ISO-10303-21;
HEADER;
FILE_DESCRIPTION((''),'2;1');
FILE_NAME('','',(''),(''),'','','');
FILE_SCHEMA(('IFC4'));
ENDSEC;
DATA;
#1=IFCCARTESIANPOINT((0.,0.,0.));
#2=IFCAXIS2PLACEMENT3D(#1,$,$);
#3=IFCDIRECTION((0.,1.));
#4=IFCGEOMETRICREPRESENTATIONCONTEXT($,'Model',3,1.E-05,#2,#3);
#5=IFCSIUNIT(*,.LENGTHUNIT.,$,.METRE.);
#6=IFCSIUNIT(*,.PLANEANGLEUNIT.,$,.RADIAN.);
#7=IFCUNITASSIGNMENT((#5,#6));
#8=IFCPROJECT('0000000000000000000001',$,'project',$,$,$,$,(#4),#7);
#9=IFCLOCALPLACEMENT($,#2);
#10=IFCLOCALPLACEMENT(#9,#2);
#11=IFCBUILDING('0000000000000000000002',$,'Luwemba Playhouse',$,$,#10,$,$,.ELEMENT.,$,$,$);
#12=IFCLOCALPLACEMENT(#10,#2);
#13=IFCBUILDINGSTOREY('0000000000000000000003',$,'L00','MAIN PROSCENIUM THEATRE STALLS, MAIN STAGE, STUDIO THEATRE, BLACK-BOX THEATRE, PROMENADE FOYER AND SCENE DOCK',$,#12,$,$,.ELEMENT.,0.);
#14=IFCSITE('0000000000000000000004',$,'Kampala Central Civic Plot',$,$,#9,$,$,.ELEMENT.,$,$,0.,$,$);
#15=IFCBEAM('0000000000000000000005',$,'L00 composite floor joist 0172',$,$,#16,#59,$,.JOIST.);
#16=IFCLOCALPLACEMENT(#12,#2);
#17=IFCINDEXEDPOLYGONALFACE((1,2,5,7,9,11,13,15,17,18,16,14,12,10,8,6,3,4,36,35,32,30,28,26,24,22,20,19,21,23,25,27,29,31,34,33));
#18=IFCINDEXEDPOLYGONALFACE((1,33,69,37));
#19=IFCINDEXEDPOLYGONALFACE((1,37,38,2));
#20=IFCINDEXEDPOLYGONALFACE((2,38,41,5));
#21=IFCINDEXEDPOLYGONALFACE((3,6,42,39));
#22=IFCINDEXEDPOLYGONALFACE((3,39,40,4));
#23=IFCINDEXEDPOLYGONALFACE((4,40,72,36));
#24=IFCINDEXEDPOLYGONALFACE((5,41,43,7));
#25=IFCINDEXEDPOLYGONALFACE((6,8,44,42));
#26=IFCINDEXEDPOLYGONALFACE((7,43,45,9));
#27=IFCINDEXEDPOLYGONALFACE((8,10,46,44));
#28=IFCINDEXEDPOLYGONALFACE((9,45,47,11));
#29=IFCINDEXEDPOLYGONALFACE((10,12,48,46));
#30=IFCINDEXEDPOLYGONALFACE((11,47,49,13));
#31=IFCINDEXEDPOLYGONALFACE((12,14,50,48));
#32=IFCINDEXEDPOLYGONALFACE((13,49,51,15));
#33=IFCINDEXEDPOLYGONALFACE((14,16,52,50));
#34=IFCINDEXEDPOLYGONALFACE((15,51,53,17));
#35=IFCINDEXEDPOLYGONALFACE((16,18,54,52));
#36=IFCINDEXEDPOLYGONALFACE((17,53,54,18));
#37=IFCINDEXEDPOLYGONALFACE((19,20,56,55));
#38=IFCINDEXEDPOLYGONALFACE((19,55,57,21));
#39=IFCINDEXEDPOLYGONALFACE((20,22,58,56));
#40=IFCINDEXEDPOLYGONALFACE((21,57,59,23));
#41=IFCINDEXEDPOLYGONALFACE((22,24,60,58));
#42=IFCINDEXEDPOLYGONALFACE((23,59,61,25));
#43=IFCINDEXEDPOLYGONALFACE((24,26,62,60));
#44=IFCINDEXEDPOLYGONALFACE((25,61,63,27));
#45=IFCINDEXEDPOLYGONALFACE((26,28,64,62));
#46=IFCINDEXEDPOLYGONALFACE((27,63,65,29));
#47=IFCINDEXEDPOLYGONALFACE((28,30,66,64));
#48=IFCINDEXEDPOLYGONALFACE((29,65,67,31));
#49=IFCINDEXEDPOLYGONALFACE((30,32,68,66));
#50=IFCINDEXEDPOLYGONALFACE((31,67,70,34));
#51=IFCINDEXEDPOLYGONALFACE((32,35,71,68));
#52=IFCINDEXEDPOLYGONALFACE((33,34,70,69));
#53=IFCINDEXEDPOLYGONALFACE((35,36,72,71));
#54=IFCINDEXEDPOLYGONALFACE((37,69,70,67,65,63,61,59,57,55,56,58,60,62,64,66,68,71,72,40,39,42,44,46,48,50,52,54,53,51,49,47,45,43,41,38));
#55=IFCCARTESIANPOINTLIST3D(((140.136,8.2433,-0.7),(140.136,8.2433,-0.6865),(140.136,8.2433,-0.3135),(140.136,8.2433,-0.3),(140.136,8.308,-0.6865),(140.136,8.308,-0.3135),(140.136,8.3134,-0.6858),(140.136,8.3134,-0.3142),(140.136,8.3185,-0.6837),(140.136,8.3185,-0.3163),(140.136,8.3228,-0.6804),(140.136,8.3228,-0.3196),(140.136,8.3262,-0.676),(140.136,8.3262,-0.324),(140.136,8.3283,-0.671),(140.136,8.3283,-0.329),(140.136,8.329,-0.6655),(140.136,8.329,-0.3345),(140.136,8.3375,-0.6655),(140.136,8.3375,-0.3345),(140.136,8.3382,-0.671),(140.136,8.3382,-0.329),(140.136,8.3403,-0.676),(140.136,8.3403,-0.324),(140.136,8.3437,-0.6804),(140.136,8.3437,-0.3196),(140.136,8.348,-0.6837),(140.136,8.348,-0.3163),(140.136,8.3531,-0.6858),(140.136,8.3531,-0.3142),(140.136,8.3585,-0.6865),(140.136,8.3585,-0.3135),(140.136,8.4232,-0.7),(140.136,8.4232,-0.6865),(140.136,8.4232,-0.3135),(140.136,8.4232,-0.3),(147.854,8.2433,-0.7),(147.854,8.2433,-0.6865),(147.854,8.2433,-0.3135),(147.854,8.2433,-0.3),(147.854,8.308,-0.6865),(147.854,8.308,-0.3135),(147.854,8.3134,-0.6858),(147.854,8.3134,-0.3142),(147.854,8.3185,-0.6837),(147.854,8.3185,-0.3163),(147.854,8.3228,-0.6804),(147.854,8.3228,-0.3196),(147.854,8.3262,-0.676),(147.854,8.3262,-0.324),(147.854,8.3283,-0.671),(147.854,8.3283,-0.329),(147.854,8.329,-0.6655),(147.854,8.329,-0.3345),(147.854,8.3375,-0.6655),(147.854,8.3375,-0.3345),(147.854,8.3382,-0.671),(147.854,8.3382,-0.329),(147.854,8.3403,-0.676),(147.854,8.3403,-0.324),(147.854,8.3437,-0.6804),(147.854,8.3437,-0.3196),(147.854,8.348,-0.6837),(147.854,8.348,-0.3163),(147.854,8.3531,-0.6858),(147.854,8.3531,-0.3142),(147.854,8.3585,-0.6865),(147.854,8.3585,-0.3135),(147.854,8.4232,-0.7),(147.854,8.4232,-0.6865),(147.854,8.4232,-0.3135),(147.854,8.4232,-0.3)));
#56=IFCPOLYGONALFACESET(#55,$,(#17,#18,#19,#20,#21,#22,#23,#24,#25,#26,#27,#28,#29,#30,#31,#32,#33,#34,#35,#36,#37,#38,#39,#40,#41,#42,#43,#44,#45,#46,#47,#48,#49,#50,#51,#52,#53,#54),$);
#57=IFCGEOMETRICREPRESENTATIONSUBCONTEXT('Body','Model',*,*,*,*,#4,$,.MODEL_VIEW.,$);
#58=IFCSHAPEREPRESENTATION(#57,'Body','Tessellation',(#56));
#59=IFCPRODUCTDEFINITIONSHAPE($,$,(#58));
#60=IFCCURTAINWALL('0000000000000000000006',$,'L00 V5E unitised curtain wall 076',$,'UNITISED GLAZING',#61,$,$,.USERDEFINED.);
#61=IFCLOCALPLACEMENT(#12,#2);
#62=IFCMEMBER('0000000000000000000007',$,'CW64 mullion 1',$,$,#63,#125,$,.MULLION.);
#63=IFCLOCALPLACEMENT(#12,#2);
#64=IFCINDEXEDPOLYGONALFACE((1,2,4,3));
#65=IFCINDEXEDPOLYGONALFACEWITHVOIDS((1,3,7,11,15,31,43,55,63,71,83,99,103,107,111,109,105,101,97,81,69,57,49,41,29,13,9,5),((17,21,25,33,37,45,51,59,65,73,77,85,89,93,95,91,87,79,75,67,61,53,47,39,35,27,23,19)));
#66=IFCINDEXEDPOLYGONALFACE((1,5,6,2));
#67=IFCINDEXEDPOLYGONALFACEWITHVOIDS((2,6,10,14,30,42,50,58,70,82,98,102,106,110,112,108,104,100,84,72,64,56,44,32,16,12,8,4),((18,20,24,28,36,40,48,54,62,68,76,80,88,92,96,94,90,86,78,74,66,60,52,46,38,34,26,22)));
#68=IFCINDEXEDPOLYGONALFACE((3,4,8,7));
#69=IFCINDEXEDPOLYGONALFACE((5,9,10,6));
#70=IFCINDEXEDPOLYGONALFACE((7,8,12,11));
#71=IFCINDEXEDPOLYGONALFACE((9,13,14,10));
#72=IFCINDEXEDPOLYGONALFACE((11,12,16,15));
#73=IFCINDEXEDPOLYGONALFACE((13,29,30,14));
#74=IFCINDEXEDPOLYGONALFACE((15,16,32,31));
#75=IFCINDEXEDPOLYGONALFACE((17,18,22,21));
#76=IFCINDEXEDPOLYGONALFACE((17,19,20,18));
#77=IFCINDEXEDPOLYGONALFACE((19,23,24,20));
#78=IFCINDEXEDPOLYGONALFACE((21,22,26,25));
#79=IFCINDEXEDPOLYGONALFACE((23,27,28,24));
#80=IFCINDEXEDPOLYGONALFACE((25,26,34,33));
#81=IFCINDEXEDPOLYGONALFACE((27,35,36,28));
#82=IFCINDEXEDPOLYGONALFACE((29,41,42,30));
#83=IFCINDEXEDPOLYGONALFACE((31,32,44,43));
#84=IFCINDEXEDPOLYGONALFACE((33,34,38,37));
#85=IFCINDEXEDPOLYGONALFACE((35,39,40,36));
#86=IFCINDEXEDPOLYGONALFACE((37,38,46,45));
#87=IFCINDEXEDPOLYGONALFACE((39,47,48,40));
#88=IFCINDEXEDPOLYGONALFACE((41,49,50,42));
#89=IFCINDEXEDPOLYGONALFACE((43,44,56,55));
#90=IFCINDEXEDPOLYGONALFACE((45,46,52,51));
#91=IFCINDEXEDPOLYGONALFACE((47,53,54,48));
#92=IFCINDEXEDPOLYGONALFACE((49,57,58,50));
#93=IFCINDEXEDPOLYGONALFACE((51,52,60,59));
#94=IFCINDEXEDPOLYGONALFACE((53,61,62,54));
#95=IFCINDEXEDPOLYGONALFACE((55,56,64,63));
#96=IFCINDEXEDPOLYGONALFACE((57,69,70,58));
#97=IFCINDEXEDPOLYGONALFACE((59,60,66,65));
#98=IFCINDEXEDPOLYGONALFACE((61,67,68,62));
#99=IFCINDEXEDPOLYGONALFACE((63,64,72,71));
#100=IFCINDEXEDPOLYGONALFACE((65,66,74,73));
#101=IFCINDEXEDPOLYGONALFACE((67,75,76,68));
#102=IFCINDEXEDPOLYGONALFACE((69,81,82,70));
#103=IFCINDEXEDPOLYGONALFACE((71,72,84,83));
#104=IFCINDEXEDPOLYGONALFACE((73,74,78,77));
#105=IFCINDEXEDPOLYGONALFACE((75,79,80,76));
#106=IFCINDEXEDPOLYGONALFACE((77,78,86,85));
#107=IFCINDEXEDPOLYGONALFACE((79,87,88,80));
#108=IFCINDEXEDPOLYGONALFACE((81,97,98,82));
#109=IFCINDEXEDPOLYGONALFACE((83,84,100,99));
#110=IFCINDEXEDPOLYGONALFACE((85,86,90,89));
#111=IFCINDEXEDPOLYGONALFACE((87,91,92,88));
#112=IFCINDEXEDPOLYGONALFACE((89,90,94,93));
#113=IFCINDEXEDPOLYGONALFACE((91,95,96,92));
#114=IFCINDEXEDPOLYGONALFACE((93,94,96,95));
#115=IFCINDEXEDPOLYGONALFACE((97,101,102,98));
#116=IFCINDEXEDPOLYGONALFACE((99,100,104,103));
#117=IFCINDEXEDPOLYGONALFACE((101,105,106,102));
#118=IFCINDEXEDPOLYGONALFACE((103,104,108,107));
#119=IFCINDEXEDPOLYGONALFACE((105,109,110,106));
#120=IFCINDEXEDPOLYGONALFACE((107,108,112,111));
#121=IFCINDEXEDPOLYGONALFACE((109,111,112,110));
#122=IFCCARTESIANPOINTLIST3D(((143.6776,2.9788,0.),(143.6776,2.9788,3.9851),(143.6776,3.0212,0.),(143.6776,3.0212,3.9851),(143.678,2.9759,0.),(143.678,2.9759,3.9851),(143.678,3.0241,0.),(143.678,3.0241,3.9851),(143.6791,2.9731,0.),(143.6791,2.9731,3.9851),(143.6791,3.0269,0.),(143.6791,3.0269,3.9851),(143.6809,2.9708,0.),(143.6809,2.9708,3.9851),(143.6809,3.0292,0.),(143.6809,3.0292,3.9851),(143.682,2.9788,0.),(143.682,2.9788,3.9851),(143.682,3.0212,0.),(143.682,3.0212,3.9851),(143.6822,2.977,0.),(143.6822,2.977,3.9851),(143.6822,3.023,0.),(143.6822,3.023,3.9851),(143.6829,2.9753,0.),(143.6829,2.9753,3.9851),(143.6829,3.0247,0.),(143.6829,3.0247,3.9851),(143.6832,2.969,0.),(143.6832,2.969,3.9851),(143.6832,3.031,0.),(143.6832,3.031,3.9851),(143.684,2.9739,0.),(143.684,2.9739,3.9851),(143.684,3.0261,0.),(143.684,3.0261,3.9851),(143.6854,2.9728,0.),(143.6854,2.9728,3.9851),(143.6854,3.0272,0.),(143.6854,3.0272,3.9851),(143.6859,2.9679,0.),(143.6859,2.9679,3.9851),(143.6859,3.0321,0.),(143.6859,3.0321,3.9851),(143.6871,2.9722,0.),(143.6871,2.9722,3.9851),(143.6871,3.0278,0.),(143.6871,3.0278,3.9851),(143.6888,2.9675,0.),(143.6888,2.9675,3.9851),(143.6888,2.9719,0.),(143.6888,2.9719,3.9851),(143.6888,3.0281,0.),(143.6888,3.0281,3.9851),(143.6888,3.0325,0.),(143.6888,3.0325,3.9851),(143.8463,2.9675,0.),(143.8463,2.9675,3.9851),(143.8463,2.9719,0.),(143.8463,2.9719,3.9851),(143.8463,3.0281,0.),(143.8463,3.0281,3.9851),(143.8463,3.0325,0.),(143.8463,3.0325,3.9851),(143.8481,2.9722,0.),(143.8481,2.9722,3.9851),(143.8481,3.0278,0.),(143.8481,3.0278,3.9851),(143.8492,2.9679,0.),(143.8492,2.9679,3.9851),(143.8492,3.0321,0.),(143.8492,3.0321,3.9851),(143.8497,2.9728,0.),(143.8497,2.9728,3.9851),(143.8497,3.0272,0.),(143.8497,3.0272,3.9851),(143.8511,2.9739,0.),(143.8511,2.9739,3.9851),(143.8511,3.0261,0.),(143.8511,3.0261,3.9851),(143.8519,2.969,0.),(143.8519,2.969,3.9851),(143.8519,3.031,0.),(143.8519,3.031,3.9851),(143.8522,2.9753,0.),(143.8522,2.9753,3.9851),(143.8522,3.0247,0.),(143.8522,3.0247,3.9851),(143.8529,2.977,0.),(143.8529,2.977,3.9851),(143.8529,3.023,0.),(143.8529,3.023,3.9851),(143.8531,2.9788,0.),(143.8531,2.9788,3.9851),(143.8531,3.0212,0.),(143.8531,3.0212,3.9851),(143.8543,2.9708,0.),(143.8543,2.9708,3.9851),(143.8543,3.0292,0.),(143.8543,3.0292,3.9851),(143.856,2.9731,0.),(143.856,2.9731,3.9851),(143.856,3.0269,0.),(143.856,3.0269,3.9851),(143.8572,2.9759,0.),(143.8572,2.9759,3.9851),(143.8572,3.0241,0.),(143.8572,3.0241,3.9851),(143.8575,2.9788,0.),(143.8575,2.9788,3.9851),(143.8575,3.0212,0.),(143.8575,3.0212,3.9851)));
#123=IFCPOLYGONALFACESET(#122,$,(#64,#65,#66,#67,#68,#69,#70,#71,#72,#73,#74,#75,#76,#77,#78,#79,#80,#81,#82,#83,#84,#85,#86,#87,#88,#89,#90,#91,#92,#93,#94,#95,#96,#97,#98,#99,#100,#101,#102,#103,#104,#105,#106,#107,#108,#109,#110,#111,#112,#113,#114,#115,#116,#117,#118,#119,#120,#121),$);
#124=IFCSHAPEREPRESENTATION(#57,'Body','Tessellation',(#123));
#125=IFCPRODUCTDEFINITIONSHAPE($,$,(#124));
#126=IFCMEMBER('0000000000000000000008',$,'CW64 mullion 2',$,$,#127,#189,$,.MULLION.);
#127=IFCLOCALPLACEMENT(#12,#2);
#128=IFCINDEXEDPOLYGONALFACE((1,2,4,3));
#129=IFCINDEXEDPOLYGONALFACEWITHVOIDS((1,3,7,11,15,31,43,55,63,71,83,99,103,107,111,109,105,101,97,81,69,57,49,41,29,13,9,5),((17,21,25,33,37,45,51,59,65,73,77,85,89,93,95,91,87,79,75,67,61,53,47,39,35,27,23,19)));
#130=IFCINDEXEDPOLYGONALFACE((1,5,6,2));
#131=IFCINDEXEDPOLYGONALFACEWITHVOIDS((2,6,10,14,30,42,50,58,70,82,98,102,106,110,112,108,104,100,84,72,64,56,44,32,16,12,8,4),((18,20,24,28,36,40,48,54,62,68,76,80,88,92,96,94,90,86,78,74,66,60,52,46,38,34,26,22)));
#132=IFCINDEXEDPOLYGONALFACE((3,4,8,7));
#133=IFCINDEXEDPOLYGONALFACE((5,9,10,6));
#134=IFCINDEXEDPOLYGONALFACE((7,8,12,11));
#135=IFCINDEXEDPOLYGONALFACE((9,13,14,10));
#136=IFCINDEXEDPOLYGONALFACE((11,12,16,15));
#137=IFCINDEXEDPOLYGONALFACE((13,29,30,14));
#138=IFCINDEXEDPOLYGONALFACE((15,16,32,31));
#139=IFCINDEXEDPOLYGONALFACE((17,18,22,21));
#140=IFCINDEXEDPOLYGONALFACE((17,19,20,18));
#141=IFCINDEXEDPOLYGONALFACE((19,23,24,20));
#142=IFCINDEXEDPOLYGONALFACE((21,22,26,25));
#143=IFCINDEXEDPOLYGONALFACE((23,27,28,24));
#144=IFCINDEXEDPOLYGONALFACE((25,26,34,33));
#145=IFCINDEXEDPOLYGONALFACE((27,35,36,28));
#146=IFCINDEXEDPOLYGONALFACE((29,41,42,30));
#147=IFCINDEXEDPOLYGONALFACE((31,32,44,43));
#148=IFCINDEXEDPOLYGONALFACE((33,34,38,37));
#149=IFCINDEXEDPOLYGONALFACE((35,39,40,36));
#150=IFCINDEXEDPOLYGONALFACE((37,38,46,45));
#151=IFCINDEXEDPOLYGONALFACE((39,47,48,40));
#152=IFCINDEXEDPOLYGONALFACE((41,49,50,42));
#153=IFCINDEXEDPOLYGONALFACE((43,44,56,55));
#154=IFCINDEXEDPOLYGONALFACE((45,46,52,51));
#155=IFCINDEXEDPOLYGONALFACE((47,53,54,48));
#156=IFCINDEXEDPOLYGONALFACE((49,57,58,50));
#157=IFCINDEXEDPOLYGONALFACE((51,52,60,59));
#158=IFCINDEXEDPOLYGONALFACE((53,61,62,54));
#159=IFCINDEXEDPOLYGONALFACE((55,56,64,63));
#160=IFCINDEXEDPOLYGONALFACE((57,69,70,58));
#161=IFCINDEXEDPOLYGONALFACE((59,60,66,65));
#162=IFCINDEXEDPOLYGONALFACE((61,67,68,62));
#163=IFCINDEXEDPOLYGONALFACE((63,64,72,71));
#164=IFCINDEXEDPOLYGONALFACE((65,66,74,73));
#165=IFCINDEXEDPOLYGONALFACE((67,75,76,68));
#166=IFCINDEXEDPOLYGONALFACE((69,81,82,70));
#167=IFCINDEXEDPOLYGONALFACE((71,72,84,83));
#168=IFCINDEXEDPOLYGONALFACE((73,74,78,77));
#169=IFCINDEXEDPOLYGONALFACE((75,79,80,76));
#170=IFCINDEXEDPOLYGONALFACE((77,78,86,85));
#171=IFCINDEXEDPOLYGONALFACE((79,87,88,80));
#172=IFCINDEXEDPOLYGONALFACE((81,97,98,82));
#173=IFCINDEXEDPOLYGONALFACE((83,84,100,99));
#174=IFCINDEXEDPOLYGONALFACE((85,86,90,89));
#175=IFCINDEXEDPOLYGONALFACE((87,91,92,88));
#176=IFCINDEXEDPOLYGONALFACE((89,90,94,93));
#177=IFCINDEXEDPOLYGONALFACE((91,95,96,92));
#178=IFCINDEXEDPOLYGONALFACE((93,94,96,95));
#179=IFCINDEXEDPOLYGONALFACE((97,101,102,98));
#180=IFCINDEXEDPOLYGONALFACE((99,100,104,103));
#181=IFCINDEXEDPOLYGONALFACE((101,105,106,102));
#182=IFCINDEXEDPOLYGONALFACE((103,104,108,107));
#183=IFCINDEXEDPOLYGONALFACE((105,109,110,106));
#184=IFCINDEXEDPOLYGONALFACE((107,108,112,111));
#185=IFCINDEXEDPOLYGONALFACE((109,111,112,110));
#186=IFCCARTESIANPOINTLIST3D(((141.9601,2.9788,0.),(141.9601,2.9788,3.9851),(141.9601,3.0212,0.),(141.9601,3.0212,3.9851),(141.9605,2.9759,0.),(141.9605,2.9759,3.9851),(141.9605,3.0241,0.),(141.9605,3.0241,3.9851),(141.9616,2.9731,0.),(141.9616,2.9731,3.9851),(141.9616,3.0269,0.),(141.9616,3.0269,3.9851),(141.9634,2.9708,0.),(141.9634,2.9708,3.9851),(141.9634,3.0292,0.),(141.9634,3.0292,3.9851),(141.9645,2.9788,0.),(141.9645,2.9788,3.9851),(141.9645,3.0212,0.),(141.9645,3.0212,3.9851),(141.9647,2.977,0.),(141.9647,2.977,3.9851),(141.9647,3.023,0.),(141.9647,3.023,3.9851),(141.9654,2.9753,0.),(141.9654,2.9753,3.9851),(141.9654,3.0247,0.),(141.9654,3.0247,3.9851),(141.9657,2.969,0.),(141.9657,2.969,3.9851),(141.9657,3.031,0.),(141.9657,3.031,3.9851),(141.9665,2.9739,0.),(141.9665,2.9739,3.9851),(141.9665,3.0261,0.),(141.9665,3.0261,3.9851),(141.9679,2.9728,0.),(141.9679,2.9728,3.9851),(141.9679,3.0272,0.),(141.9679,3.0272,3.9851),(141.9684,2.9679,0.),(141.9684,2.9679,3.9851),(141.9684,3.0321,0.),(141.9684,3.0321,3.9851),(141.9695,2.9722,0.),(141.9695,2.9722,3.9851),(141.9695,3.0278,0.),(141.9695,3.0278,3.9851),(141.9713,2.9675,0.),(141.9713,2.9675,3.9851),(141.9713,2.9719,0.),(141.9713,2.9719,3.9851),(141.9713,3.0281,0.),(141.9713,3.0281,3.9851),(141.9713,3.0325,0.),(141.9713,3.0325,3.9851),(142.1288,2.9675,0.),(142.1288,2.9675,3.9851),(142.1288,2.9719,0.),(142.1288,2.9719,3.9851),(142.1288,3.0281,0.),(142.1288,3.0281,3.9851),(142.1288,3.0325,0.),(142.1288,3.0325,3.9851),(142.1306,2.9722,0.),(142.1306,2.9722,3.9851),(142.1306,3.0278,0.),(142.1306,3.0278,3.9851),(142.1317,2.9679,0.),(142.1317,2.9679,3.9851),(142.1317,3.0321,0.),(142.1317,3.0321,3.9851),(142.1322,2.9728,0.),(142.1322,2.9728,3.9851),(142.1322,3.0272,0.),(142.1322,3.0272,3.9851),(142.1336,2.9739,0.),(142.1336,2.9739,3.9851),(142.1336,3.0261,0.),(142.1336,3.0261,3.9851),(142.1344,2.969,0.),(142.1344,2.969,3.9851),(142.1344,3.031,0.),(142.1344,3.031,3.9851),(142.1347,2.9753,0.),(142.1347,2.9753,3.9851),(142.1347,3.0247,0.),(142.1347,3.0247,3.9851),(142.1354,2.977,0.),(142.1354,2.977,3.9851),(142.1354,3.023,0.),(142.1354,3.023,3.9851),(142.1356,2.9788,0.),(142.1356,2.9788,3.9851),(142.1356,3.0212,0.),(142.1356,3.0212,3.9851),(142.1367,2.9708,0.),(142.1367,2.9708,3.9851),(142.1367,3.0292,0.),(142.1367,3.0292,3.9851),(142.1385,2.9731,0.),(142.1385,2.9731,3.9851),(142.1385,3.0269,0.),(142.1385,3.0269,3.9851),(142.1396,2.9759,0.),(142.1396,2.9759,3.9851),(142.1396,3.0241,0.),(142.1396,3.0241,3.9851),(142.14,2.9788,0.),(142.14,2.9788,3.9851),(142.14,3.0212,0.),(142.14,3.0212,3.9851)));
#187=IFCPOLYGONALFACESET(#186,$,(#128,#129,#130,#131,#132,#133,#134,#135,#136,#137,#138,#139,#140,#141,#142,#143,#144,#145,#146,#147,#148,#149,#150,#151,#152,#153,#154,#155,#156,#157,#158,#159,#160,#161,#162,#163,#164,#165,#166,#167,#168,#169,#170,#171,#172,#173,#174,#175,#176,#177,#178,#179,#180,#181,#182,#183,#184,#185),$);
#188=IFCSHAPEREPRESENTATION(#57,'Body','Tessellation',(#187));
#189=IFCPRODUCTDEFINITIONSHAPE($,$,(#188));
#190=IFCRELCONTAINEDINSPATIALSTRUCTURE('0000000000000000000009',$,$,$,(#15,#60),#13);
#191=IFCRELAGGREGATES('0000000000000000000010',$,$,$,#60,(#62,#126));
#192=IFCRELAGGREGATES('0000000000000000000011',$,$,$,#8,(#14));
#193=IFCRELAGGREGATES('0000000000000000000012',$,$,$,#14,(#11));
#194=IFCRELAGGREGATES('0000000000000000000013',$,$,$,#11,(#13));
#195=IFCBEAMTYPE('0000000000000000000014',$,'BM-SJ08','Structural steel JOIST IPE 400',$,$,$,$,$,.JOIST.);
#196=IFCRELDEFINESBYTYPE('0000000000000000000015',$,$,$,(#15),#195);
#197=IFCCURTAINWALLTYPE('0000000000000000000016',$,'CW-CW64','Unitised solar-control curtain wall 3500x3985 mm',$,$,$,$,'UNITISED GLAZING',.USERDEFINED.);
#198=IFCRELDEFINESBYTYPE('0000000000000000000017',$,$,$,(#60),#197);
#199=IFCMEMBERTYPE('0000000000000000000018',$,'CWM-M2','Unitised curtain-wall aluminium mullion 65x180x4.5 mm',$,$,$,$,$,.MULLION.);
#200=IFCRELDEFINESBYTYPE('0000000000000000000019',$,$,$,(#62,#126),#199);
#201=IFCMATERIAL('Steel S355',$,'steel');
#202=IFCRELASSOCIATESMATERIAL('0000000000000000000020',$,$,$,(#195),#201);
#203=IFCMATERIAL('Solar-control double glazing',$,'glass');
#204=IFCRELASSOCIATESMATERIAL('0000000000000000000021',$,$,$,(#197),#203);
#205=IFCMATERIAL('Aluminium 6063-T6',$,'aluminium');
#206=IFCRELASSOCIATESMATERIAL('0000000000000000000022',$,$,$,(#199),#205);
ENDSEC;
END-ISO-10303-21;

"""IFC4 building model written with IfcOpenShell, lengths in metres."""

from ifc_helpers import new_model, si_unit, direction, frame, origin, origin_2d, place, context, subcontext, project, spatial, hollow_rectangle, i_section, extrude, material, material_profile, profile_set, type_object, element, aggregate, save


model = new_model("IFC4")

# Units and contexts
model_context = context("Model", 3, precision=1e-05, world=origin(), true_north=direction((0.0, 1.0)))
body_context = subcontext(model_context, "Body", "Model", "MODEL_VIEW")
ifc_project = project(units=[si_unit("LENGTHUNIT", "METRE"), si_unit("PLANEANGLEUNIT", "RADIAN")], contexts=[model_context])

# Site, building, storey
site_placement = place(None, origin())
site = spatial("IfcSite", under=ifc_project, at=site_placement, Name="Kampala Central Civic Plot", CompositionType="ELEMENT", RefElevation=0.0)
building_placement = place(site_placement, origin())
building = spatial("IfcBuilding", under=site, at=building_placement, Name="Luwemba Playhouse", CompositionType="ELEMENT")
storey_placement = place(building_placement, origin())
storey = spatial("IfcBuildingStorey", under=building, at=storey_placement, Name="L00", Description="MAIN PROSCENIUM THEATRE STALLS, MAIN STAGE, STUDIO THEATRE, BLACK-BOX THEATRE, PROMENADE FOYER AND SCENE DOCK", CompositionType="ELEMENT", Elevation=0.0)

# Beam
ifc_material_1 = material(Name="Steel S355", Category="steel")
ifc_material_profile_1 = material_profile(ifc_material_1, i_section(OverallWidth=0.1799, OverallDepth=0.3999, WebThickness=0.0085, FlangeThickness=0.0134, FilletRadius=0.021, at=origin_2d()))
ifc_profile_set_1 = profile_set([ifc_material_profile_1], Name="Steel S355")
beam_type_1 = type_object("IfcBeamType", Name="BM-SJ08", Description="Structural steel JOIST IPE 400", PredefinedType="JOIST", material=ifc_profile_set_1)
beam_1_placement = place(storey_placement, frame((140.136, 8.3333, -0.5), z_axis=(1.0, 0.0, 0.0), x_axis=(0.0, 1.0, 0.0)))
element("IfcBeam", 1, at=beam_1_placement, inside=storey, type_object=beam_type_1, Name="L00 composite floor joist 0172", PredefinedType="JOIST", context=body_context, shape_type="SweptSolid", body=[
    extrude(i_section(OverallWidth=0.1799, OverallDepth=0.3999, WebThickness=0.0085, FlangeThickness=0.0134, FilletRadius=0.021, at=origin_2d()), origin(), (0.0, 0.0, 1.0), 7.718),
])

# Curtain wall, members
ifc_material_2 = material(Name="Solar-control double glazing", Category="glass")
curtain_wall_type = type_object("IfcCurtainWallType", Name="CW-CW64", Description="Unitised solar-control curtain wall 3500x3985 mm", ElementType="UNITISED GLAZING", PredefinedType="USERDEFINED", material=ifc_material_2)
curtain_wall_placement = place(storey_placement, origin())
curtain_wall = element("IfcCurtainWall", 2, at=curtain_wall_placement, inside=storey, type_object=curtain_wall_type, Name="L00 V5E unitised curtain wall 076", ObjectType="UNITISED GLAZING", PredefinedType="USERDEFINED")
ifc_material_3 = material(Name="Aluminium 6063-T6", Category="aluminium")
ifc_material_profile_2 = material_profile(ifc_material_3, hollow_rectangle(XDim=0.0649, YDim=0.1799, WallThickness=0.0044, InnerFilletRadius=0.0068, OuterFilletRadius=0.0112, at=origin_2d()))
ifc_profile_set_2 = profile_set([ifc_material_profile_2], Name="Aluminium 6063-T6")
member_type_1 = type_object("IfcMemberType", Name="CWM-M2", Description="Unitised curtain-wall aluminium mullion 65x180x4.5 mm", PredefinedType="MULLION", material=ifc_profile_set_2)
member_1_placement = place(storey_placement, frame((143.7676, 3.0, 0.0), z_axis=(0.0, 0.0, 1.0), x_axis=(0.0, -1.0, 0.0)))
member_1 = element("IfcMember", 3, at=member_1_placement, type_object=member_type_1, Name="CW64 mullion 1", PredefinedType="MULLION", context=body_context, shape_type="SweptSolid", body=[
    extrude(hollow_rectangle(XDim=0.0649, YDim=0.1799, WallThickness=0.0044, InnerFilletRadius=0.0068, OuterFilletRadius=0.0112, at=origin_2d()), origin(), (0.0, 0.0, 1.0), 3.9851),
])
member_2_placement = place(storey_placement, frame((142.05, 3.0, 0.0), z_axis=(0.0, 0.0, 1.0), x_axis=(0.0, -1.0, 0.0)))
member_2 = element("IfcMember", 4, at=member_2_placement, type_object=member_type_1, Name="CW64 mullion 2", PredefinedType="MULLION", context=body_context, shape_type="SweptSolid", body=[
    extrude(hollow_rectangle(XDim=0.0649, YDim=0.1799, WallThickness=0.0044, InnerFilletRadius=0.0068, OuterFilletRadius=0.0112, at=origin_2d()), origin(), (0.0, 0.0, 1.0), 3.9851),
])
aggregate(curtain_wall, [member_1, member_2])

save(model, "model.ifc")
